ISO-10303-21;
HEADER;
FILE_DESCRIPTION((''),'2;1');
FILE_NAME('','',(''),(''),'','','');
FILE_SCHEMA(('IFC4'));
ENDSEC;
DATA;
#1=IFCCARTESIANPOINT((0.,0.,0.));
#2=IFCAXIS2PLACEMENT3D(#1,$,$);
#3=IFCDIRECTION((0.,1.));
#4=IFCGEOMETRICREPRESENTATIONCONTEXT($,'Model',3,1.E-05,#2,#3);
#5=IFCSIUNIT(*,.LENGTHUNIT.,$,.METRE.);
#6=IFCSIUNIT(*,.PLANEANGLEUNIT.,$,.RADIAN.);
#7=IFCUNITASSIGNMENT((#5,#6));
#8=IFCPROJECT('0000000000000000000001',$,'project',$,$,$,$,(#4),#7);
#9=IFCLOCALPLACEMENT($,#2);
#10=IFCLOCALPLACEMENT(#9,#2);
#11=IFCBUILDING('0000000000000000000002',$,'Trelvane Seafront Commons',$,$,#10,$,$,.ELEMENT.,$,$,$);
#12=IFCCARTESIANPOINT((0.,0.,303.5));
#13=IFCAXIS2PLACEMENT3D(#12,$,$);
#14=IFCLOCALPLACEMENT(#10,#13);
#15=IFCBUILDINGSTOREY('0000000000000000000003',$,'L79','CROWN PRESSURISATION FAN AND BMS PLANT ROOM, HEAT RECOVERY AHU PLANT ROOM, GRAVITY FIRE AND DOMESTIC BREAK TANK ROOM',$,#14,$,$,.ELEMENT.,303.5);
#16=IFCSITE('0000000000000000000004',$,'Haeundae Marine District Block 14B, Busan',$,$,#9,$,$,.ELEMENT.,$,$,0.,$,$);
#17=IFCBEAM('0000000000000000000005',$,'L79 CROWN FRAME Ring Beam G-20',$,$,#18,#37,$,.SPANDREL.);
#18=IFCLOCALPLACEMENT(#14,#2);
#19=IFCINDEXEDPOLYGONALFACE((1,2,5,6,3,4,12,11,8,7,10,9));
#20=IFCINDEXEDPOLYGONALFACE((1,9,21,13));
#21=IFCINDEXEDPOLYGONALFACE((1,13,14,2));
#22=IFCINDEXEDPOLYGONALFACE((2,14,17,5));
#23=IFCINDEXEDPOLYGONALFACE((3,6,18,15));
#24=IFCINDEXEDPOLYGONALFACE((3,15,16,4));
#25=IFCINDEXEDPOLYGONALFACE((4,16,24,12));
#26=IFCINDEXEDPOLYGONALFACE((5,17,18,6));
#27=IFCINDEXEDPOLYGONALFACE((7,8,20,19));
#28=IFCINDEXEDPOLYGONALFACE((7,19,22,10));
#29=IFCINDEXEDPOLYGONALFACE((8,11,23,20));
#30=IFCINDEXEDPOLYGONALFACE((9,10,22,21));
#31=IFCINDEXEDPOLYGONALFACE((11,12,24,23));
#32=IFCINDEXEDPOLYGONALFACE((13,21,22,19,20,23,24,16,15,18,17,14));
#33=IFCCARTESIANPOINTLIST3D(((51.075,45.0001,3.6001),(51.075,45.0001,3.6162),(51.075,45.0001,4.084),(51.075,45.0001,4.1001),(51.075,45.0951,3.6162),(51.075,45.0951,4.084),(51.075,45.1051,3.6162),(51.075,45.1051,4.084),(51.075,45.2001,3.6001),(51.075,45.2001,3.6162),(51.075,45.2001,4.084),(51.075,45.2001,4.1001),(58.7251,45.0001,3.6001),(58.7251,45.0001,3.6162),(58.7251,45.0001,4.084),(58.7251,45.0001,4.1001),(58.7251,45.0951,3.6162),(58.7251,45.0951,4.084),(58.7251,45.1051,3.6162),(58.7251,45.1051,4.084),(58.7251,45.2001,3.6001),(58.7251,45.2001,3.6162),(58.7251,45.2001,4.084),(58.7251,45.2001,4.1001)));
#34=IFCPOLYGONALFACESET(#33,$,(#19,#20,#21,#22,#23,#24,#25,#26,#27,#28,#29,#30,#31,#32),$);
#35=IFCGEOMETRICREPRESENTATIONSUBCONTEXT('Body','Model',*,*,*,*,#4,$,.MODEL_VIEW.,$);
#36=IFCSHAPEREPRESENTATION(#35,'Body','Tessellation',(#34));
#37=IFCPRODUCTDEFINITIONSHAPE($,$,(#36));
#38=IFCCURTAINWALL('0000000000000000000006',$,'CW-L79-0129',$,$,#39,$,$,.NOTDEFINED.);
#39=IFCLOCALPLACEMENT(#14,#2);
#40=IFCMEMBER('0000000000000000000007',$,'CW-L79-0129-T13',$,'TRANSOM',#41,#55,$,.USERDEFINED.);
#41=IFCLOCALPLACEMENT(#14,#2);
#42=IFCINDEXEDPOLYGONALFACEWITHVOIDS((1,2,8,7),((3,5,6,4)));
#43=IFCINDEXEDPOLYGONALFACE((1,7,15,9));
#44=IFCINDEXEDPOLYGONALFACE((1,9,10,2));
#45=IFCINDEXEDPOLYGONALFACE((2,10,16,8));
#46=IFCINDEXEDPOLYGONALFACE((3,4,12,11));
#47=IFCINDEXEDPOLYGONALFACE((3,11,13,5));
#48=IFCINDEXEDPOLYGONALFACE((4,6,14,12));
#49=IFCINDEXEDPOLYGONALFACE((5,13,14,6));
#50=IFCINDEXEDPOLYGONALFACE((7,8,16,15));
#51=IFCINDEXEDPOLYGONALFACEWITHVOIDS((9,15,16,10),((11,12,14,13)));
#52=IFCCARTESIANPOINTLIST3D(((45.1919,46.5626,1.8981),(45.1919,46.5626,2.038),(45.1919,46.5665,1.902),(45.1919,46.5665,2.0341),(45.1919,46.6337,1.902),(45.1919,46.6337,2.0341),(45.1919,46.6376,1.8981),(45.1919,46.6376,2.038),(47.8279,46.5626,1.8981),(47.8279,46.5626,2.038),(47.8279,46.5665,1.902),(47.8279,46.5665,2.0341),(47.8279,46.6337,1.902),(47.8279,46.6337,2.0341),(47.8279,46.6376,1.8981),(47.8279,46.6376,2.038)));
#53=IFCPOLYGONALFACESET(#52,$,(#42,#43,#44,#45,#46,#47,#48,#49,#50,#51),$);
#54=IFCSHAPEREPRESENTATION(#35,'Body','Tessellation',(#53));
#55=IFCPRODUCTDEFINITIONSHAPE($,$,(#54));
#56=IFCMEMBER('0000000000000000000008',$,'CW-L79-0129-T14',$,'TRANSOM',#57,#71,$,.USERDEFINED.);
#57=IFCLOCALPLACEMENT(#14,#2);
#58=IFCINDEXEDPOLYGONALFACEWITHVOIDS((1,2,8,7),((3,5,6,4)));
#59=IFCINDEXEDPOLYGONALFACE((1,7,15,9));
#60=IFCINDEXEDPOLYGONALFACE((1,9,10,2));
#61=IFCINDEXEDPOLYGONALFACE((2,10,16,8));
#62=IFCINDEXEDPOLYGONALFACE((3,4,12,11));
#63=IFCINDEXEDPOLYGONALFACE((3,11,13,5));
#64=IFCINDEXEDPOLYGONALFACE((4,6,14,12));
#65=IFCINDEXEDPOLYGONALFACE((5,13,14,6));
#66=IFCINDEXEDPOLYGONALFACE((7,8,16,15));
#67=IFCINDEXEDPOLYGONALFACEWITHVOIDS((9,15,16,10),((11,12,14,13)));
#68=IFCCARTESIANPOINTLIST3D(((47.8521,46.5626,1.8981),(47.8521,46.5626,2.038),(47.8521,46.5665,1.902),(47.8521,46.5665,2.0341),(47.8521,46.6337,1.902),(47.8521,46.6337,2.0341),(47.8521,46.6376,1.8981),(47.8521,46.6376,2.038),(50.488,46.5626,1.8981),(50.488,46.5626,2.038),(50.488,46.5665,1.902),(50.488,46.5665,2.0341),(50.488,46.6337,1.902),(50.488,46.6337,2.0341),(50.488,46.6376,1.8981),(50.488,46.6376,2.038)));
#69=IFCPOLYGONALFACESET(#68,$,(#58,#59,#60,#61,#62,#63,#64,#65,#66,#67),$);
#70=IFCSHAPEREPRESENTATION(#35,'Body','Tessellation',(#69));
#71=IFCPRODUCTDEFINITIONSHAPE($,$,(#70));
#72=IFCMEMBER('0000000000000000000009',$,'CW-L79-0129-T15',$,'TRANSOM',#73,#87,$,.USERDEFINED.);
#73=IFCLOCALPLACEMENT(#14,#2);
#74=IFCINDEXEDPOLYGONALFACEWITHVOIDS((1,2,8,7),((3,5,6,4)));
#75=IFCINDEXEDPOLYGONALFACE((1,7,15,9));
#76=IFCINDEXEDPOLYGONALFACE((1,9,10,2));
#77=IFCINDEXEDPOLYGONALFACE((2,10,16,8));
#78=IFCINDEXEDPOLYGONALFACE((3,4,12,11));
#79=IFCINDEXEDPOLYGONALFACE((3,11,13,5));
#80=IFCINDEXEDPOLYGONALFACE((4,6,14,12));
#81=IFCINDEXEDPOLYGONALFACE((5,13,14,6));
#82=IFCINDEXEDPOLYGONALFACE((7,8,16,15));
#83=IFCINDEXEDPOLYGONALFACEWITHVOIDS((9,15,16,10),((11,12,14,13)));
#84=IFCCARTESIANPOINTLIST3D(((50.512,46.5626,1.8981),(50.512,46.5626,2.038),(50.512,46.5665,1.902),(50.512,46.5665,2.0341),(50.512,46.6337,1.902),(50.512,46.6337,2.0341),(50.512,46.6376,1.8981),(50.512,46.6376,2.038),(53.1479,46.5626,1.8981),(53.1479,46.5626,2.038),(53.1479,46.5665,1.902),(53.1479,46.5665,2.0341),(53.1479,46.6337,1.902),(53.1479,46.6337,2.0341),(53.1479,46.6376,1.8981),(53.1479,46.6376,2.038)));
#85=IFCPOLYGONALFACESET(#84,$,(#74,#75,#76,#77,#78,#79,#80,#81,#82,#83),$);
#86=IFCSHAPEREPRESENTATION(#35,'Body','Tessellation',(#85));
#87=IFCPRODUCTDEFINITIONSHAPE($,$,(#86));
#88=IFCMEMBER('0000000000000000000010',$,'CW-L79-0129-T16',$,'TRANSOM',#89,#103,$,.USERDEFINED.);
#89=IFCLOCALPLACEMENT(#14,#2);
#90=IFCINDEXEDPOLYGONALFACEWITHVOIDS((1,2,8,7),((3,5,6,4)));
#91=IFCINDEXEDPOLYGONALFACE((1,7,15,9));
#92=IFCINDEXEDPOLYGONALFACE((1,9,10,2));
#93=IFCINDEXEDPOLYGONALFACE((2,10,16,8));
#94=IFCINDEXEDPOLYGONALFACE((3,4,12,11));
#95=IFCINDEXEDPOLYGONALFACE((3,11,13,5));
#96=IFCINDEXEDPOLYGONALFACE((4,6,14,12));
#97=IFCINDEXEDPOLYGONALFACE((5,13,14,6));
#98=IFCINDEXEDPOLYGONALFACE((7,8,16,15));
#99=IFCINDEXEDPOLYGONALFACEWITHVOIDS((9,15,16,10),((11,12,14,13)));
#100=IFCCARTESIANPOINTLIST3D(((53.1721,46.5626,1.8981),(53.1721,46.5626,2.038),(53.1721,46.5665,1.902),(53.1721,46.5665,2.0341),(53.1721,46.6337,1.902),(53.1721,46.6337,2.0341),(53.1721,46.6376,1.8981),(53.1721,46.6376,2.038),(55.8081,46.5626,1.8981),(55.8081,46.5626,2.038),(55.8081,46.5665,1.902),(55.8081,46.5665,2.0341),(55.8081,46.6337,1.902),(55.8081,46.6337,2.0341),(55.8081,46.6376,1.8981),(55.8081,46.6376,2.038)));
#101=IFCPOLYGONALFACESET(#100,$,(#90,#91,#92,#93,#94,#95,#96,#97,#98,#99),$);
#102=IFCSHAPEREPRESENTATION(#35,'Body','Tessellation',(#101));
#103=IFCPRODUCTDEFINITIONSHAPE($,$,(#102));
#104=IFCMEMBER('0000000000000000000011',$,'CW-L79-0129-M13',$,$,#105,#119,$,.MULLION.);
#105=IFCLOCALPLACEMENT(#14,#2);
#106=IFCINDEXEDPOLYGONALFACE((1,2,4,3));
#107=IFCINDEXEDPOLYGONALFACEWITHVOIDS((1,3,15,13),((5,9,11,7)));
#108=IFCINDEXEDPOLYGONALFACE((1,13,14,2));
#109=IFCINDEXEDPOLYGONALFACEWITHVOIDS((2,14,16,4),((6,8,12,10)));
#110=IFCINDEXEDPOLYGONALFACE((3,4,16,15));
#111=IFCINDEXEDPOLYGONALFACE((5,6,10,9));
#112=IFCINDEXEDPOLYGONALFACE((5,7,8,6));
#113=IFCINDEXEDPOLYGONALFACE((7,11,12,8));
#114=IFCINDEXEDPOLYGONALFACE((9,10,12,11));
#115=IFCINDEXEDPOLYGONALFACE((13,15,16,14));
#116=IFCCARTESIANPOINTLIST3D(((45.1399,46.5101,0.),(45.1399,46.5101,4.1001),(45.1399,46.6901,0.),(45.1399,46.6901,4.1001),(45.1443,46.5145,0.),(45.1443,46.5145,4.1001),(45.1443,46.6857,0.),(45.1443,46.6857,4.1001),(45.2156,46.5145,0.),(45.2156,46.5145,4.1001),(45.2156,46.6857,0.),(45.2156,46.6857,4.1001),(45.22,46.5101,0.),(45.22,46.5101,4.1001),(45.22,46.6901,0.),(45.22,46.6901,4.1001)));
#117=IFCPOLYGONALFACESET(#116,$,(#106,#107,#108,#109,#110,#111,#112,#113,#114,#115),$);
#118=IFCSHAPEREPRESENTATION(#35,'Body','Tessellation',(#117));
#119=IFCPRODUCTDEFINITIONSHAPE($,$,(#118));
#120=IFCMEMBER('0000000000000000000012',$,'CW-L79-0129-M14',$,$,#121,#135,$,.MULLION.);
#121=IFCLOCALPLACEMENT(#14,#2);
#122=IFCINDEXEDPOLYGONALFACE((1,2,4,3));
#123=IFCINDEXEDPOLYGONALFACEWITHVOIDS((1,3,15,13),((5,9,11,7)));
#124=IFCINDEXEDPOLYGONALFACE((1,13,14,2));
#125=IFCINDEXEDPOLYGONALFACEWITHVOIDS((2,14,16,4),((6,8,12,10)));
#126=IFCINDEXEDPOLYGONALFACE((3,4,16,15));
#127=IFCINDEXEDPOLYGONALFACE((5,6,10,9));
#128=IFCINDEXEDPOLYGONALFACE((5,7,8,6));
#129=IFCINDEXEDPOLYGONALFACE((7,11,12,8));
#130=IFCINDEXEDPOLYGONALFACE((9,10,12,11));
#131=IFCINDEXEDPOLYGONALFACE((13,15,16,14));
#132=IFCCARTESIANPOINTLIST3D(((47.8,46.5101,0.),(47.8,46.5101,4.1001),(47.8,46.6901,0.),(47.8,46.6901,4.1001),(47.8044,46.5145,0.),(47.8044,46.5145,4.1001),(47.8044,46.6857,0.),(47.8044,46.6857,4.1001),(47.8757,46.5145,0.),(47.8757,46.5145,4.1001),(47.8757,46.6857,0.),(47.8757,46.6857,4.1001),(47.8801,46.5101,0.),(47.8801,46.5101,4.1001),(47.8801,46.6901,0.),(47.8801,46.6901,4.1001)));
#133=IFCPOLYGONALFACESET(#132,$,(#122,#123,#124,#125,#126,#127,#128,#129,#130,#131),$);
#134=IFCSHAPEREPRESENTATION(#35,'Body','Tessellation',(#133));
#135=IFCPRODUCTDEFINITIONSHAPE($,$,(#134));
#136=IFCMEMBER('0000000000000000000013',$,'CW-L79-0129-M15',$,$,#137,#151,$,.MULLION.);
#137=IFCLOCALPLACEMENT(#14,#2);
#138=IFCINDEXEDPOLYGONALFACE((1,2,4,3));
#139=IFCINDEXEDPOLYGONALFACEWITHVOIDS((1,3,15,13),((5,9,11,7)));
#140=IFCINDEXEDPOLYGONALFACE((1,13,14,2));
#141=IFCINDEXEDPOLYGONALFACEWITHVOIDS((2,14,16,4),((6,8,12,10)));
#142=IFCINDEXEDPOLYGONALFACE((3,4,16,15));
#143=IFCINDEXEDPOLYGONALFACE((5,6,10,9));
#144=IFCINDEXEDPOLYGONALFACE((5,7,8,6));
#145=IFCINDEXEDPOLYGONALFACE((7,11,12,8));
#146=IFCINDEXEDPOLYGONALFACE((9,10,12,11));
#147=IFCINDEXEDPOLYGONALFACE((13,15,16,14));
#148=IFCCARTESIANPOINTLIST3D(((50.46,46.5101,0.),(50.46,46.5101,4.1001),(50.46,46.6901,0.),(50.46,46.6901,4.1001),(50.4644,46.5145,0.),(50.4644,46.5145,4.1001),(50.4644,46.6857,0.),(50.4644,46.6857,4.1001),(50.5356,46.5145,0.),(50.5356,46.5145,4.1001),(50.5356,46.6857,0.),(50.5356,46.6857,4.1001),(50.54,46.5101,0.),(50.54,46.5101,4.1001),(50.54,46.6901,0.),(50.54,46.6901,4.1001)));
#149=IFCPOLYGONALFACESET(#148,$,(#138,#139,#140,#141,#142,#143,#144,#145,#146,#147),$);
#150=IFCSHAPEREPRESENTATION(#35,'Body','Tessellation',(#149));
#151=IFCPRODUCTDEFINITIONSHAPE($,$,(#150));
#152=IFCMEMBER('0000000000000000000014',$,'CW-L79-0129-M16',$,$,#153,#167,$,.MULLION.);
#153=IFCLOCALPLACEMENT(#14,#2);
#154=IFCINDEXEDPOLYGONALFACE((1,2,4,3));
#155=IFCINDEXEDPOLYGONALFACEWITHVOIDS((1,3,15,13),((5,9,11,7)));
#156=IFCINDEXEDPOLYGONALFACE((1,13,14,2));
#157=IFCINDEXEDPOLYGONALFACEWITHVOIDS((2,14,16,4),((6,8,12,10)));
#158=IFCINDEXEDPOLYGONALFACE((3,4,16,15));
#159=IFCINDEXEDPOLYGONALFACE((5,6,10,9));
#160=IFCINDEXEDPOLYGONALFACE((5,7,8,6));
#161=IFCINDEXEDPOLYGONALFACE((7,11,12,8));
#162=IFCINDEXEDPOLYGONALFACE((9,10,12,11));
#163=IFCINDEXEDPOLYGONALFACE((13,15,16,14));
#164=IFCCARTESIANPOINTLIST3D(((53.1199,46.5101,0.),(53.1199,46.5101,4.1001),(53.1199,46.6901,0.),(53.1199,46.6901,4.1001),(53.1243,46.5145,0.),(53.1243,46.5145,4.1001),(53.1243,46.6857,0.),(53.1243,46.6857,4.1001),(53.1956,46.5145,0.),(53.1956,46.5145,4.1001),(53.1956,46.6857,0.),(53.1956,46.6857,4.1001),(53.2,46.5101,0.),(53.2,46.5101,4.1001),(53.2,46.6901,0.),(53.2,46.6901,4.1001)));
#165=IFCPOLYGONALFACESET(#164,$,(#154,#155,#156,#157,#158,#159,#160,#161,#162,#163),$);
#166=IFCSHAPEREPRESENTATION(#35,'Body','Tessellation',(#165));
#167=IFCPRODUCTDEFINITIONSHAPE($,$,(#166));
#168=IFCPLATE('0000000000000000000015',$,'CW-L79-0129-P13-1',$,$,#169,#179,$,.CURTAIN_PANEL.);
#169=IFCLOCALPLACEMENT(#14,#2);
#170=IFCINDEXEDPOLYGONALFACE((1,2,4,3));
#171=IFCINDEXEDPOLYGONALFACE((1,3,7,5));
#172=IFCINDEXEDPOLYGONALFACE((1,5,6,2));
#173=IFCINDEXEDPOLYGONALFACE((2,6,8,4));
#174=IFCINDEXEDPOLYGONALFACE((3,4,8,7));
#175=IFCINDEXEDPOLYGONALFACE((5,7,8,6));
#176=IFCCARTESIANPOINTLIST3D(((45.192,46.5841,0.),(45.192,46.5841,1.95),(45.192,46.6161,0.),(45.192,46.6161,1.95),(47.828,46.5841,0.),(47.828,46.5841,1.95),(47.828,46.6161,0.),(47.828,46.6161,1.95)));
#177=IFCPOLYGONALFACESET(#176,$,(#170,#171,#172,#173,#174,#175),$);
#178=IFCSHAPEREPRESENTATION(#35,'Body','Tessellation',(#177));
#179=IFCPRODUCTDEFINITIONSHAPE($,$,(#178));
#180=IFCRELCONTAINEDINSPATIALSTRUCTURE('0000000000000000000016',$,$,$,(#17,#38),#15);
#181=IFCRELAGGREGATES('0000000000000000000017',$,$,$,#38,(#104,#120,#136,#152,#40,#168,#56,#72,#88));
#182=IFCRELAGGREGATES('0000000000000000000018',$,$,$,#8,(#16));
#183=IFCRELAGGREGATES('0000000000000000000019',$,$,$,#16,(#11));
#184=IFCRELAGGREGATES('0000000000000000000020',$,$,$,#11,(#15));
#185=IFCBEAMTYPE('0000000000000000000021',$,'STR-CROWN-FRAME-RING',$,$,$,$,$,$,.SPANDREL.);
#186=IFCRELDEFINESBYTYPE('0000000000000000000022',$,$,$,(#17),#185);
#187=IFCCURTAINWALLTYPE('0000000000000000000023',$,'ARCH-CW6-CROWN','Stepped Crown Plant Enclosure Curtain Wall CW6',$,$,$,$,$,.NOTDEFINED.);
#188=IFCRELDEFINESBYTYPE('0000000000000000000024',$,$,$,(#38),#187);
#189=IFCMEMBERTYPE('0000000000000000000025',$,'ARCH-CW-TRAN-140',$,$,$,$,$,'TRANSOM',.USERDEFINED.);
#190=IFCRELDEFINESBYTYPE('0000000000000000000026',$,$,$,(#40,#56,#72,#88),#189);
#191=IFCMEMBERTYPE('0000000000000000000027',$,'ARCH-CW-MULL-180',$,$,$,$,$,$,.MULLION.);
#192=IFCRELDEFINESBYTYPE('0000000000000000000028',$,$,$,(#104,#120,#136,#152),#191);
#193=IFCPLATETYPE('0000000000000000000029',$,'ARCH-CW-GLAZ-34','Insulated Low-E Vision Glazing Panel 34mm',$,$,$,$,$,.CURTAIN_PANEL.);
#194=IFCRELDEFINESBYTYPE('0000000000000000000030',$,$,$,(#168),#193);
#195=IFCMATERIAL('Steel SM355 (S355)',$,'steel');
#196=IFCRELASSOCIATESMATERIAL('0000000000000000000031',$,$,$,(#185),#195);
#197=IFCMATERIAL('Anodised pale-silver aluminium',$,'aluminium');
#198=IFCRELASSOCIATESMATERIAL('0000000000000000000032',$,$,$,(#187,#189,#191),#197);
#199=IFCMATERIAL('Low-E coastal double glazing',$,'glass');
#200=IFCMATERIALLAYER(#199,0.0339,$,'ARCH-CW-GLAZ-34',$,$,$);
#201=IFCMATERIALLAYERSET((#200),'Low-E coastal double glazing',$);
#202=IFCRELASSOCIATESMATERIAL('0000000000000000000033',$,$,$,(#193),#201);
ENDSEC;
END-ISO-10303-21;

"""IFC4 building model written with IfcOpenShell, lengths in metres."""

from ifc_helpers import new_model, si_unit, direction, frame, origin, origin_2d, place, context, subcontext, project, spatial, rectangle, hollow_rectangle, i_section, extrude, source, transform, mapped, material, layer, layer_set, material_profile, profile_set, type_object, element, aggregate, save


model = new_model("IFC4")

# Units and contexts
model_context = context("Model", 3, precision=1e-05, world=origin(), true_north=direction((0.0, 1.0)))
body_context = subcontext(model_context, "Body", "Model", "MODEL_VIEW")
ifc_project = project(units=[si_unit("LENGTHUNIT", "METRE"), si_unit("PLANEANGLEUNIT", "RADIAN")], contexts=[model_context])

# Site, building, storey
site_placement = place(None, origin())
site = spatial("IfcSite", under=ifc_project, at=site_placement, Name="Haeundae Marine District Block 14B, Busan", CompositionType="ELEMENT", RefElevation=0.0)
building_placement = place(site_placement, origin())
building = spatial("IfcBuilding", under=site, at=building_placement, Name="Trelvane Seafront Commons", CompositionType="ELEMENT")
storey_placement = place(building_placement, frame((0.0, 0.0, 303.5)))
storey = spatial("IfcBuildingStorey", under=building, at=storey_placement, Name="L79", Description="CROWN PRESSURISATION FAN AND BMS PLANT ROOM, HEAT RECOVERY AHU PLANT ROOM, GRAVITY FIRE AND DOMESTIC BREAK TANK ROOM", CompositionType="ELEMENT", Elevation=303.5)

# Beam
ifc_material_1 = material(Name="Steel SM355 (S355)", Category="steel")
ifc_material_profile_1 = material_profile(ifc_material_1, i_section(OverallWidth=0.2, OverallDepth=0.5, WebThickness=0.01, FlangeThickness=0.0161, at=origin_2d()), Name="H-500x200x10x16")
ifc_profile_set_1 = profile_set([ifc_material_profile_1], Name="Steel SM355 (S355)")
beam_type = type_object("IfcBeamType", Name="STR-CROWN-FRAME-RING", PredefinedType="SPANDREL", material=ifc_profile_set_1)
shared_shape_1 = source(origin(), body_context, "Body", "SweptSolid", [
    extrude(i_section(OverallWidth=0.2, OverallDepth=0.5, WebThickness=0.01, FlangeThickness=0.0161, at=origin_2d()), origin(), (0.0, 0.0, 1.0), 7.6501),
])
beam_placement = place(storey_placement, frame((51.075, 45.1001, 3.8501), z_axis=(1.0, 0.0, 0.0), x_axis=(0.0, 1.0, 0.0)))
element("IfcBeam", 1, at=beam_placement, inside=storey, type_object=beam_type, Name="L79 CROWN FRAME Ring Beam G-20", PredefinedType="SPANDREL", context=body_context, shape_type="MappedRepresentation", body=[
    mapped(shared_shape_1, transform((0.0, 0.0, 0.0), x_axis=(1.0, 0.0, 0.0), y_axis=(0.0, 1.0, 0.0), z_axis=(0.0, 0.0, 1.0), scale=1.0)),
])

# Curtain wall, members, plate
ifc_material_2 = material(Name="Anodised pale-silver aluminium", Category="aluminium")
curtain_wall_type = type_object("IfcCurtainWallType", Name="ARCH-CW6-CROWN", Description="Stepped Crown Plant Enclosure Curtain Wall CW6", PredefinedType="NOTDEFINED", material=ifc_material_2)
curtain_wall_placement = place(storey_placement, origin())
curtain_wall = element("IfcCurtainWall", 2, at=curtain_wall_placement, inside=storey, type_object=curtain_wall_type, Name="CW-L79-0129", PredefinedType="NOTDEFINED")
ifc_material_profile_2 = material_profile(ifc_material_2, hollow_rectangle(XDim=0.075, YDim=0.1399, WallThickness=0.0039, at=origin_2d()), Name="TRAN-75x140x4")
ifc_profile_set_2 = profile_set([ifc_material_profile_2], Name="Anodised pale-silver aluminium")
member_type_1 = type_object("IfcMemberType", Name="ARCH-CW-TRAN-140", ElementType="TRANSOM", PredefinedType="USERDEFINED", material=ifc_profile_set_2)
shared_shape_2 = source(origin(), body_context, "Body", "SweptSolid", [
    extrude(hollow_rectangle(XDim=0.075, YDim=0.1399, WallThickness=0.0039, at=origin_2d()), origin(), (0.0, 0.0, 1.0), 2.636),
])
member_1_placement = place(storey_placement, frame((45.1919, 46.6001, 1.968), z_axis=(1.0, 0.0, 0.0), x_axis=(0.0, 1.0, 0.0)))
member_1 = element("IfcMember", 3, at=member_1_placement, type_object=member_type_1, Name="CW-L79-0129-T13", ObjectType="TRANSOM", PredefinedType="USERDEFINED", context=body_context, shape_type="MappedRepresentation", body=[
    mapped(shared_shape_2, transform((0.0, 0.0, 0.0), x_axis=(1.0, 0.0, 0.0), y_axis=(0.0, 1.0, 0.0), z_axis=(0.0, 0.0, 1.0), scale=1.0)),
])
member_2_placement = place(storey_placement, frame((47.8521, 46.6001, 1.968), z_axis=(1.0, 0.0, 0.0), x_axis=(0.0, 1.0, 0.0)))
member_2 = element("IfcMember", 4, at=member_2_placement, type_object=member_type_1, Name="CW-L79-0129-T14", ObjectType="TRANSOM", PredefinedType="USERDEFINED", context=body_context, shape_type="MappedRepresentation", body=[
    mapped(shared_shape_2, transform((0.0, 0.0, 0.0), x_axis=(1.0, 0.0, 0.0), y_axis=(0.0, 1.0, 0.0), z_axis=(0.0, 0.0, 1.0), scale=1.0)),
])
member_3_placement = place(storey_placement, frame((50.512, 46.6001, 1.968), z_axis=(1.0, 0.0, 0.0), x_axis=(0.0, 1.0, 0.0)))
member_3 = element("IfcMember", 5, at=member_3_placement, type_object=member_type_1, Name="CW-L79-0129-T15", ObjectType="TRANSOM", PredefinedType="USERDEFINED", context=body_context, shape_type="MappedRepresentation", body=[
    mapped(shared_shape_2, transform((0.0, 0.0, 0.0), x_axis=(1.0, 0.0, 0.0), y_axis=(0.0, 1.0, 0.0), z_axis=(0.0, 0.0, 1.0), scale=1.0)),
])
member_4_placement = place(storey_placement, frame((53.1721, 46.6001, 1.968), z_axis=(1.0, 0.0, 0.0), x_axis=(0.0, 1.0, 0.0)))
member_4 = element("IfcMember", 6, at=member_4_placement, type_object=member_type_1, Name="CW-L79-0129-T16", ObjectType="TRANSOM", PredefinedType="USERDEFINED", context=body_context, shape_type="MappedRepresentation", body=[
    mapped(shared_shape_2, transform((0.0, 0.0, 0.0), x_axis=(1.0, 0.0, 0.0), y_axis=(0.0, 1.0, 0.0), z_axis=(0.0, 0.0, 1.0), scale=1.0)),
])
ifc_material_profile_3 = material_profile(ifc_material_2, hollow_rectangle(XDim=0.0801, YDim=0.1799, WallThickness=0.0044, at=origin_2d()), Name="MULL-80x180x4.5")
ifc_profile_set_3 = profile_set([ifc_material_profile_3], Name="Anodised pale-silver aluminium")
member_type_2 = type_object("IfcMemberType", Name="ARCH-CW-MULL-180", PredefinedType="MULLION", material=ifc_profile_set_3)
shared_shape_3 = source(origin(), body_context, "Body", "SweptSolid", [
    extrude(hollow_rectangle(XDim=0.0801, YDim=0.1799, WallThickness=0.0044, at=origin_2d()), origin(), (0.0, 0.0, 1.0), 4.1001),
])
member_5_placement = place(storey_placement, frame((45.1799, 46.6001, 0.0), z_axis=(0.0, 0.0, 1.0), x_axis=(1.0, 0.0, 0.0)))
member_5 = element("IfcMember", 7, at=member_5_placement, type_object=member_type_2, Name="CW-L79-0129-M13", PredefinedType="MULLION", context=body_context, shape_type="MappedRepresentation", body=[
    mapped(shared_shape_3, transform((0.0, 0.0, 0.0), x_axis=(1.0, 0.0, 0.0), y_axis=(0.0, 1.0, 0.0), z_axis=(0.0, 0.0, 1.0), scale=1.0)),
])
member_6_placement = place(storey_placement, frame((47.8401, 46.6001, 0.0), z_axis=(0.0, 0.0, 1.0), x_axis=(1.0, 0.0, 0.0)))
member_6 = element("IfcMember", 8, at=member_6_placement, type_object=member_type_2, Name="CW-L79-0129-M14", PredefinedType="MULLION", context=body_context, shape_type="MappedRepresentation", body=[
    mapped(shared_shape_3, transform((0.0, 0.0, 0.0), x_axis=(1.0, 0.0, 0.0), y_axis=(0.0, 1.0, 0.0), z_axis=(0.0, 0.0, 1.0), scale=1.0)),
])
member_7_placement = place(storey_placement, frame((50.5, 46.6001, 0.0), z_axis=(0.0, 0.0, 1.0), x_axis=(1.0, 0.0, 0.0)))
member_7 = element("IfcMember", 9, at=member_7_placement, type_object=member_type_2, Name="CW-L79-0129-M15", PredefinedType="MULLION", context=body_context, shape_type="MappedRepresentation", body=[
    mapped(shared_shape_3, transform((0.0, 0.0, 0.0), x_axis=(1.0, 0.0, 0.0), y_axis=(0.0, 1.0, 0.0), z_axis=(0.0, 0.0, 1.0), scale=1.0)),
])
member_8_placement = place(storey_placement, frame((53.1599, 46.6001, 0.0), z_axis=(0.0, 0.0, 1.0), x_axis=(1.0, 0.0, 0.0)))
member_8 = element("IfcMember", 10, at=member_8_placement, type_object=member_type_2, Name="CW-L79-0129-M16", PredefinedType="MULLION", context=body_context, shape_type="MappedRepresentation", body=[
    mapped(shared_shape_3, transform((0.0, 0.0, 0.0), x_axis=(1.0, 0.0, 0.0), y_axis=(0.0, 1.0, 0.0), z_axis=(0.0, 0.0, 1.0), scale=1.0)),
])
ifc_material_3 = material(Name="Low-E coastal double glazing", Category="glass")
ifc_layer = layer(ifc_material_3, 0.0339, Name="ARCH-CW-GLAZ-34")
ifc_layer_set = layer_set([ifc_layer], Name="Low-E coastal double glazing")
plate_type = type_object("IfcPlateType", Name="ARCH-CW-GLAZ-34", Description="Insulated Low-E Vision Glazing Panel 34mm", PredefinedType="CURTAIN_PANEL", material=ifc_layer_set)
shared_shape_4 = source(origin(), body_context, "Body", "SweptSolid", [
    extrude(rectangle(XDim=2.636, YDim=0.032, at=origin_2d()), origin(), (0.0, 0.0, 1.0), 1.95),
])
plate_1_placement = place(storey_placement, frame((46.51, 46.6001, 0.0), z_axis=(0.0, 0.0, 1.0), x_axis=(1.0, 0.0, 0.0)))
plate_1 = element("IfcPlate", 11, at=plate_1_placement, type_object=plate_type, Name="CW-L79-0129-P13-1", PredefinedType="CURTAIN_PANEL", context=body_context, shape_type="MappedRepresentation", body=[
    mapped(shared_shape_4, transform((0.0, 0.0, 0.0), x_axis=(1.0, 0.0, 0.0), y_axis=(0.0, 1.0, 0.0), z_axis=(0.0, 0.0, 1.0), scale=1.0)),
])
aggregate(curtain_wall, [member_5, member_6, member_7, member_8, member_1, plate_1, member_2, member_3, member_4])

save(model, "model.ifc")
